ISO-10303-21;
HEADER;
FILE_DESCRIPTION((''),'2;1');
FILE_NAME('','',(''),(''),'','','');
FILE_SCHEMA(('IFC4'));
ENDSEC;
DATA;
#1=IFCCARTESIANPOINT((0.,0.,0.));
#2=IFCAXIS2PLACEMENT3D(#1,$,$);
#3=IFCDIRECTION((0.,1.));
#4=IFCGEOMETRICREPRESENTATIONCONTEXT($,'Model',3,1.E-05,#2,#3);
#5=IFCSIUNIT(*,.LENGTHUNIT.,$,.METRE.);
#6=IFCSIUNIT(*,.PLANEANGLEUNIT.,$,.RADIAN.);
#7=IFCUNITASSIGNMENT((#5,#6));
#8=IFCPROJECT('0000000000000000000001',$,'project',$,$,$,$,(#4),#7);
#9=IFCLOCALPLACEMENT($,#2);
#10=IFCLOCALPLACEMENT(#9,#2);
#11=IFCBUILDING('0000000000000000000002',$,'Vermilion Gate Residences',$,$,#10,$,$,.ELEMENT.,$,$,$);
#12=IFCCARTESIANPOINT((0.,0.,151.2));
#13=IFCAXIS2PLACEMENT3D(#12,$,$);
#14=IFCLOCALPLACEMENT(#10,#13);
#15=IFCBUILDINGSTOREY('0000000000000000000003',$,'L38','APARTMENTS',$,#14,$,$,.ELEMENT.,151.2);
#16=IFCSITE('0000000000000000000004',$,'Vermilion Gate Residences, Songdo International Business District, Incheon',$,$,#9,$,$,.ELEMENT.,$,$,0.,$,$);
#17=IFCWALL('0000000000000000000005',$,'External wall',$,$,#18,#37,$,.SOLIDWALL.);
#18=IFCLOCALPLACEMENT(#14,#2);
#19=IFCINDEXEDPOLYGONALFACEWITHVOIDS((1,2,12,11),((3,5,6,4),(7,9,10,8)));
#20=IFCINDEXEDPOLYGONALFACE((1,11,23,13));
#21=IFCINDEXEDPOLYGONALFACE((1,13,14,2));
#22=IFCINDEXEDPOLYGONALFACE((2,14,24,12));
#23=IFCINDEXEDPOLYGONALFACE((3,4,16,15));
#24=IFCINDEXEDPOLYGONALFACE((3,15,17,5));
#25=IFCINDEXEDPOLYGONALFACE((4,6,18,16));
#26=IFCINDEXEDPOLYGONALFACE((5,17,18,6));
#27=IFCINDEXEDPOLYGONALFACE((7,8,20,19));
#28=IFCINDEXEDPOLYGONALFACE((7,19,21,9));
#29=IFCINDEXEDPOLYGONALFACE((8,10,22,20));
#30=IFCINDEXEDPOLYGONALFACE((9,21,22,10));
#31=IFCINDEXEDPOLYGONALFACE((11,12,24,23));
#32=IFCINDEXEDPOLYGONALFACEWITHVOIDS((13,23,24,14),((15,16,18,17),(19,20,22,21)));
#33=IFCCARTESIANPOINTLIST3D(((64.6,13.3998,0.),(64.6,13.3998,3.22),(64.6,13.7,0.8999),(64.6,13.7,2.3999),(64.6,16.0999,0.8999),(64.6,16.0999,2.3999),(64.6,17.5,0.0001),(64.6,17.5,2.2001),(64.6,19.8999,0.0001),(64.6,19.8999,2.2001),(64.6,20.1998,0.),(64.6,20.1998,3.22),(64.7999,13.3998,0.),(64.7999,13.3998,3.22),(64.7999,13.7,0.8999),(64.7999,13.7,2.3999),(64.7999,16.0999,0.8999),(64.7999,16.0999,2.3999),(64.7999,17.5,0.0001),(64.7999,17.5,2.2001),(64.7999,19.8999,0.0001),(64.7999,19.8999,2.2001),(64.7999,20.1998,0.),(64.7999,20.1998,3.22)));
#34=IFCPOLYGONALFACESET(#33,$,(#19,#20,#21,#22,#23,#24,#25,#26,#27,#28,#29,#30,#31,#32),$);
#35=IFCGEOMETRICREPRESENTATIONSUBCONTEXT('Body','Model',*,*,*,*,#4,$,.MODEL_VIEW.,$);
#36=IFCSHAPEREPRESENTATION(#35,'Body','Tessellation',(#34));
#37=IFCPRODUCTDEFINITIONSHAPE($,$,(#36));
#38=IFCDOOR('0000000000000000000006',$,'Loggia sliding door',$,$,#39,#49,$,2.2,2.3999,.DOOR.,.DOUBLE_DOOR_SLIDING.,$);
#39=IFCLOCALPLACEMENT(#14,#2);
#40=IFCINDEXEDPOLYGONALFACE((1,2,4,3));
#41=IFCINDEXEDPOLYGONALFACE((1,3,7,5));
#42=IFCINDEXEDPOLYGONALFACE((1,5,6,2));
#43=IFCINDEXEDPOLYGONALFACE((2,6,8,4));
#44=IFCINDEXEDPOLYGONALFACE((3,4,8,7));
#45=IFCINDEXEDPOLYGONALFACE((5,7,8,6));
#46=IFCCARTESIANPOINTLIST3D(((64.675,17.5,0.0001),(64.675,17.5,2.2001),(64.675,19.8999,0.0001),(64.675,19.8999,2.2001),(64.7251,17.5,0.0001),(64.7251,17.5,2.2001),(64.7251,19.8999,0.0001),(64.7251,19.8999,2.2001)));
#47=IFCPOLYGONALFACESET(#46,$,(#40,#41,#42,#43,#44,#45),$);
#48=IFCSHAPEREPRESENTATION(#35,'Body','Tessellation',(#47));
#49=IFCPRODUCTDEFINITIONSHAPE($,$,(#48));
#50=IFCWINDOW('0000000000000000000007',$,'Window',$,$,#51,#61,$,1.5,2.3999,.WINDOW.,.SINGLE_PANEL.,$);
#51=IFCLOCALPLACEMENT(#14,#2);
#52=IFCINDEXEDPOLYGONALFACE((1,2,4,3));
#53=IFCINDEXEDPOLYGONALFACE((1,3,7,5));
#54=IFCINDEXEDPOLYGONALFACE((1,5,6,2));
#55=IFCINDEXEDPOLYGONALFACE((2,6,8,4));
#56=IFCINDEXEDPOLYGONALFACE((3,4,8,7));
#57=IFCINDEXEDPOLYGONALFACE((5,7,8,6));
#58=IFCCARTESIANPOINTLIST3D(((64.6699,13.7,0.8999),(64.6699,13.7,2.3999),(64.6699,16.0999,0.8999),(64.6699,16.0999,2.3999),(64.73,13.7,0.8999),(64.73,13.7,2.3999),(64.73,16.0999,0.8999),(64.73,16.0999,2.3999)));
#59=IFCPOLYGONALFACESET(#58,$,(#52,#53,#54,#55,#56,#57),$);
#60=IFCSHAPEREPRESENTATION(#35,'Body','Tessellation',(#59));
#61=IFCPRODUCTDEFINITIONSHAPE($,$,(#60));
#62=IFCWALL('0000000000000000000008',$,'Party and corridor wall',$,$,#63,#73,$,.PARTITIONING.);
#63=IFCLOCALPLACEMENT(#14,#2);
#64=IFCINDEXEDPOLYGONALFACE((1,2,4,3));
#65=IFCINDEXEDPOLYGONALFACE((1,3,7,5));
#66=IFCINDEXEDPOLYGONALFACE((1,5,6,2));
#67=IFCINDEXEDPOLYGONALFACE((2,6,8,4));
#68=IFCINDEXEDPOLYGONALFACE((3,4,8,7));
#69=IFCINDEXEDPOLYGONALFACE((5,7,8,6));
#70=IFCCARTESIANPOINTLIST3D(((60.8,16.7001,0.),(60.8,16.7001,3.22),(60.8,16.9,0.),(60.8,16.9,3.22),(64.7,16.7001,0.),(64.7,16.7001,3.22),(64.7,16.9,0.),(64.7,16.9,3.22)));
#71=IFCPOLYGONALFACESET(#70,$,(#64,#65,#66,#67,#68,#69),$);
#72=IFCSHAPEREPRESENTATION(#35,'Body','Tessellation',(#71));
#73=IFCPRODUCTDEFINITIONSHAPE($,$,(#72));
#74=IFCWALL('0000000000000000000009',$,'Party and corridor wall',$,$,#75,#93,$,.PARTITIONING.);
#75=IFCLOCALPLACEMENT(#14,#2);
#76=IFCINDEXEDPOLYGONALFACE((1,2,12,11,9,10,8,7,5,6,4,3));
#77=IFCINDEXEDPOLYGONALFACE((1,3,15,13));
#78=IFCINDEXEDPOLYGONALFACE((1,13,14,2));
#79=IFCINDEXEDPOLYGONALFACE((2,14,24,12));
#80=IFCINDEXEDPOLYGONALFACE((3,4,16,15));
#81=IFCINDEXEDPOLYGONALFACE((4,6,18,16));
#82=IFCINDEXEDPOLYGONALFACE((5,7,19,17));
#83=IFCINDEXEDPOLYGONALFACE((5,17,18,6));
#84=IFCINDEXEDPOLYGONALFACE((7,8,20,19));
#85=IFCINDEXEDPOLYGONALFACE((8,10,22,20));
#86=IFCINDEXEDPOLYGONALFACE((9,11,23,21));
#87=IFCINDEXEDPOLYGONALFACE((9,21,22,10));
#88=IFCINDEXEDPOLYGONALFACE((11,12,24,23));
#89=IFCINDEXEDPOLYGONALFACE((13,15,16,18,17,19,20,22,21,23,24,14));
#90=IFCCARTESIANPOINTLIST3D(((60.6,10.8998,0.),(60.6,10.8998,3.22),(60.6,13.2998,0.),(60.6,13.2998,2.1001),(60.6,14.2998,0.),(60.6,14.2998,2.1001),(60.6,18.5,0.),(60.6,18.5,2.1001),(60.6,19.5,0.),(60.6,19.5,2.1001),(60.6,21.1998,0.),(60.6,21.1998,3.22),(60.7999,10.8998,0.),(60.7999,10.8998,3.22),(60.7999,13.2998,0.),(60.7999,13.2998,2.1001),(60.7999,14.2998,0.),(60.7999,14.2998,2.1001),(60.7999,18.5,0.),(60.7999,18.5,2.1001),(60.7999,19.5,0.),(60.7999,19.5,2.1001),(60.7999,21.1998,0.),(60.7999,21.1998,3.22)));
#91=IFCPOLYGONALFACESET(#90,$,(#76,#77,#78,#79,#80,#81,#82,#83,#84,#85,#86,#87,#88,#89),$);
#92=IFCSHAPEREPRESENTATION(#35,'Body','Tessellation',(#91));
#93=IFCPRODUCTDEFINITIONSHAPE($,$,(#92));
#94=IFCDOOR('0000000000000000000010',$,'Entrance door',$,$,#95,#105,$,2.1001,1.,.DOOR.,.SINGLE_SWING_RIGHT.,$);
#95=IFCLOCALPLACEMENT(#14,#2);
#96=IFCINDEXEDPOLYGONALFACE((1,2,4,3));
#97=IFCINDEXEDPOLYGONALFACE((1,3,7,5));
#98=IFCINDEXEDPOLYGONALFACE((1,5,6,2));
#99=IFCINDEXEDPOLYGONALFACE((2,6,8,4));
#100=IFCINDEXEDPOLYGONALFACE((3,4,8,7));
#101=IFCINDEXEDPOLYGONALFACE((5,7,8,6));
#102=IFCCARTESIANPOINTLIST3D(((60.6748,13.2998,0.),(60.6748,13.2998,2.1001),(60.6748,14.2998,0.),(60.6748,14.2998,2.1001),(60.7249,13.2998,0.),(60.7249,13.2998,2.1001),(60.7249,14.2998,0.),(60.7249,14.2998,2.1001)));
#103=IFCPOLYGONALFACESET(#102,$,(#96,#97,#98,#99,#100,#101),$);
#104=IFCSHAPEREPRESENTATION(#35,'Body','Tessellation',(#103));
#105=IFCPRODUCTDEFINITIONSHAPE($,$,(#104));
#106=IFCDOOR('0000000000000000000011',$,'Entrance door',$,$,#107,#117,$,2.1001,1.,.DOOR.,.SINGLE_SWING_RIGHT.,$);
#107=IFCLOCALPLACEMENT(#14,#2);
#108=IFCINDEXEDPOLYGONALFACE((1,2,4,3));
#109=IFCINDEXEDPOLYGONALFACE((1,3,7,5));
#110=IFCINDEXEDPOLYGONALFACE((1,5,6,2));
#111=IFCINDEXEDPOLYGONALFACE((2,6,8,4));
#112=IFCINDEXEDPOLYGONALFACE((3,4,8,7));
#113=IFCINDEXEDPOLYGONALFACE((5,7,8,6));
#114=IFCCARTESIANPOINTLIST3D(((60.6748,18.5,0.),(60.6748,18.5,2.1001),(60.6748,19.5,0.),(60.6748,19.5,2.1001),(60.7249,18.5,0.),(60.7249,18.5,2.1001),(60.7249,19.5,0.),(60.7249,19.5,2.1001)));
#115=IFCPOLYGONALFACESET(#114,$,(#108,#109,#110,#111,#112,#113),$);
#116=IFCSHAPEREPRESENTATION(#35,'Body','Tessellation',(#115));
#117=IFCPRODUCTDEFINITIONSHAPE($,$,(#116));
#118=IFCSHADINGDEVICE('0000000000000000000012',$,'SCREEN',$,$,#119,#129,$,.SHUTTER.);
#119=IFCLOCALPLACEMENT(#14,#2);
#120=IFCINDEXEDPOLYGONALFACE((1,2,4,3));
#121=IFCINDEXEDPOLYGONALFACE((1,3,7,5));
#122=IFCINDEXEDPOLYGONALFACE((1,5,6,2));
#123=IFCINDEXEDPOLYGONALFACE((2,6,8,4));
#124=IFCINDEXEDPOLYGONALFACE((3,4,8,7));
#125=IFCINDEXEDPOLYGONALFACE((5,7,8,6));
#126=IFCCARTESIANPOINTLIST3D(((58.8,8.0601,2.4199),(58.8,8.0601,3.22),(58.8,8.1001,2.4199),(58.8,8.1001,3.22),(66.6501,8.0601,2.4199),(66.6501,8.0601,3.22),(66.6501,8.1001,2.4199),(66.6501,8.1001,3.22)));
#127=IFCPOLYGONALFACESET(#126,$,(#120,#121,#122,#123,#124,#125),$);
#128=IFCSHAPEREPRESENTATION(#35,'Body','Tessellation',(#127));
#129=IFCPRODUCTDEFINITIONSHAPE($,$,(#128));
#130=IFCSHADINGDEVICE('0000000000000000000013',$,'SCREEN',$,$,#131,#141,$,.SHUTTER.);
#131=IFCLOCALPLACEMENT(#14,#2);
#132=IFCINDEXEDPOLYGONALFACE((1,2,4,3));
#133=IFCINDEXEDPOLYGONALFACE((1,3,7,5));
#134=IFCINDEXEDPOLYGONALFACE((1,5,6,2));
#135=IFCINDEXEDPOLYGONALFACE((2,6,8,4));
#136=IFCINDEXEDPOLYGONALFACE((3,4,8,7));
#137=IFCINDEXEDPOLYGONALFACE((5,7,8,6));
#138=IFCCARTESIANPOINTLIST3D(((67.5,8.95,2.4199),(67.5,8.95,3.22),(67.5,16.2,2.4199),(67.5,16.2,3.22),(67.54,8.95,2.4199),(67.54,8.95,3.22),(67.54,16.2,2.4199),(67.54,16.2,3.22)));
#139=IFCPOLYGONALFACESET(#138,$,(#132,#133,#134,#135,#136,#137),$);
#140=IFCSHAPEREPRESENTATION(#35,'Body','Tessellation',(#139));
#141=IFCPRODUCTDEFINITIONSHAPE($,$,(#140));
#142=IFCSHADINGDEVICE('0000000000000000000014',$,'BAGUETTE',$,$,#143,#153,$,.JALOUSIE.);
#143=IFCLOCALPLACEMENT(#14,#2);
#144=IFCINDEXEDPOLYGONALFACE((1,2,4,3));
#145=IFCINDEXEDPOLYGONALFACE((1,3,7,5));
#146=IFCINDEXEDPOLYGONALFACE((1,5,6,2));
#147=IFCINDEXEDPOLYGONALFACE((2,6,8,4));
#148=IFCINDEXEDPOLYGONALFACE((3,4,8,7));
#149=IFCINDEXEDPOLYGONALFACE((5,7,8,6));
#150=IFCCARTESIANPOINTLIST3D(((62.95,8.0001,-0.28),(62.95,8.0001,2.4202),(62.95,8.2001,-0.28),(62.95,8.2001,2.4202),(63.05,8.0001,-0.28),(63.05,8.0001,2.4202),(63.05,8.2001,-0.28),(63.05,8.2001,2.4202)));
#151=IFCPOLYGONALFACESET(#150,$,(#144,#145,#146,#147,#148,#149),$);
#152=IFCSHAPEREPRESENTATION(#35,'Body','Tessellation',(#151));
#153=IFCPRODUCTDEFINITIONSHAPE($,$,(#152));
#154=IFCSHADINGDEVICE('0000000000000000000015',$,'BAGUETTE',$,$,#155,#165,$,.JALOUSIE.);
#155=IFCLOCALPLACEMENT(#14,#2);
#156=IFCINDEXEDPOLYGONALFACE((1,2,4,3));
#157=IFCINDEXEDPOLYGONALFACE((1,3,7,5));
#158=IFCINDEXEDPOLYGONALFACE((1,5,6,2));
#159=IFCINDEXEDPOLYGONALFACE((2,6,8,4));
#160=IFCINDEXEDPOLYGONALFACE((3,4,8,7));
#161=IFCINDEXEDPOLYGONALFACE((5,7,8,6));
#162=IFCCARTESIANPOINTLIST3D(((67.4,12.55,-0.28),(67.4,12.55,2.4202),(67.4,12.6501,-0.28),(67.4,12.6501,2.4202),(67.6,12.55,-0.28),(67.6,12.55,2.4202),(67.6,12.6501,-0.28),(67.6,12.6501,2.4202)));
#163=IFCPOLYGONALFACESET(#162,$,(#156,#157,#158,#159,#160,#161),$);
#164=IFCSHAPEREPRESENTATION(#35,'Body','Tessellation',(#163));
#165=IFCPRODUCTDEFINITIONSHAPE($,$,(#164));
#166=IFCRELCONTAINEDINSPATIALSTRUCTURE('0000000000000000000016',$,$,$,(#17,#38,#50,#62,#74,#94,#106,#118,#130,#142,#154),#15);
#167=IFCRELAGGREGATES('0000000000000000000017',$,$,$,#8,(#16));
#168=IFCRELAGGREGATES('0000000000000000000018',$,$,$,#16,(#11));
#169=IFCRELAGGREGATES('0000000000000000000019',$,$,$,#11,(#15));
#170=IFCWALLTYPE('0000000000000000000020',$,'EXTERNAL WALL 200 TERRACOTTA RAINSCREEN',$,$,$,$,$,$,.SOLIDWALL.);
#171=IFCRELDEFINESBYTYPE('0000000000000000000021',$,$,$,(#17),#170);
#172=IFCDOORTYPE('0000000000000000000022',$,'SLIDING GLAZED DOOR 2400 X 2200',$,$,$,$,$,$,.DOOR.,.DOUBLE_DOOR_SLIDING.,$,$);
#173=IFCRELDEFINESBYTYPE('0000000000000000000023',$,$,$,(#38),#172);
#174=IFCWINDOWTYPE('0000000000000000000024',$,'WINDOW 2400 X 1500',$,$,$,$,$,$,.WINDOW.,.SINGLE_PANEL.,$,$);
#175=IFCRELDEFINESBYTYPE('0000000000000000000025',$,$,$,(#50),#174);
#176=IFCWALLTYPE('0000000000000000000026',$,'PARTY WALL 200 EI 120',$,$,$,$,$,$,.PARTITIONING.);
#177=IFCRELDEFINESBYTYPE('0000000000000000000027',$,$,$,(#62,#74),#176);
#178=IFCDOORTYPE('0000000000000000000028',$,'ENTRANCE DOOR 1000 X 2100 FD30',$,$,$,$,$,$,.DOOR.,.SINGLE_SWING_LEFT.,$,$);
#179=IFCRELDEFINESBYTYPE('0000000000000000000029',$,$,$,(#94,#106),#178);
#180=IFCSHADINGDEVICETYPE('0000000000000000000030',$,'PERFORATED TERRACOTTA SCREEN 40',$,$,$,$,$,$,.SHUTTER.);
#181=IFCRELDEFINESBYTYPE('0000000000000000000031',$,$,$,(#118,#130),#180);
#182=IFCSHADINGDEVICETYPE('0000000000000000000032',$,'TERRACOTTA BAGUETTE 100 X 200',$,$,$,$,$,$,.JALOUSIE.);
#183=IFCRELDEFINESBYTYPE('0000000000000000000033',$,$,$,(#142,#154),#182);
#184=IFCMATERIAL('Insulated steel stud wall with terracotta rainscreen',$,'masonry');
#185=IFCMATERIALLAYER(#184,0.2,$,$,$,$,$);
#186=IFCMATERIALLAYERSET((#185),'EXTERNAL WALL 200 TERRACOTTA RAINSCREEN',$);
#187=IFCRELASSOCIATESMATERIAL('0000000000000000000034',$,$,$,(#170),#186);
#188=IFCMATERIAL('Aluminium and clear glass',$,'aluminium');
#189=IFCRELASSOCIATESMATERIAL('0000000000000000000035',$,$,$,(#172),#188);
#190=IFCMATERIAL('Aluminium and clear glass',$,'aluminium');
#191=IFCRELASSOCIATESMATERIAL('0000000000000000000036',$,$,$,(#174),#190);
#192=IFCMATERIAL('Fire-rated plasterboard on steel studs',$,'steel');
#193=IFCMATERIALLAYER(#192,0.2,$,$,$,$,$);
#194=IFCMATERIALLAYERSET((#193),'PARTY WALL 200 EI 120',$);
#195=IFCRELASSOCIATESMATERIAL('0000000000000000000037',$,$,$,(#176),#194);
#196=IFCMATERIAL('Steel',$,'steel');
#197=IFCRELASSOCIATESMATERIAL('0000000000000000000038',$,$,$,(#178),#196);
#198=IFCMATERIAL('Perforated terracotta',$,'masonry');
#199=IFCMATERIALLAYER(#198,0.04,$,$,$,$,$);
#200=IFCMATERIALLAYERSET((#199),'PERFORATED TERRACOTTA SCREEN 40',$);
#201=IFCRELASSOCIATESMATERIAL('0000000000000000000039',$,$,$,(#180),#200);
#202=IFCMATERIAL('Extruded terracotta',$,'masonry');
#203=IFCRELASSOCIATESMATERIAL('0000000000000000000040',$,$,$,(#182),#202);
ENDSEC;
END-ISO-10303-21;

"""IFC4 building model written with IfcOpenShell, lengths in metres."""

from ifc_helpers import new_model, si_unit, direction, frame, frame_2d, origin, origin_2d, place, context, subcontext, project, spatial, rectangle, extrude, material, layer, layer_set, material_profile, profile_set, type_object, element, fill, save


model = new_model("IFC4")

# Units and contexts
model_context = context("Model", 3, precision=1e-05, world=origin(), true_north=direction((0.0, 1.0)))
body_context = subcontext(model_context, "Body", "Model", "MODEL_VIEW")
ifc_project = project(units=[si_unit("LENGTHUNIT", "METRE"), si_unit("PLANEANGLEUNIT", "RADIAN")], contexts=[model_context])

# Site, building, storey
site_placement = place(None, origin())
site = spatial("IfcSite", under=ifc_project, at=site_placement, Name="Vermilion Gate Residences, Songdo International Business District, Incheon", CompositionType="ELEMENT", RefElevation=0.0)
building_placement = place(site_placement, origin())
building = spatial("IfcBuilding", under=site, at=building_placement, Name="Vermilion Gate Residences", CompositionType="ELEMENT")
storey_placement = place(building_placement, frame((0.0, 0.0, 151.2)))
storey = spatial("IfcBuildingStorey", under=building, at=storey_placement, Name="L38", Description="APARTMENTS", CompositionType="ELEMENT", Elevation=151.2)

# Shared definitions
ifc_material_1 = material(Name="Insulated steel stud wall with terracotta rainscreen", Category="masonry")
ifc_layer_1 = layer(ifc_material_1, 0.2)
ifc_layer_set_1 = layer_set([ifc_layer_1], Name="EXTERNAL WALL 200 TERRACOTTA RAINSCREEN")
wall_type_1 = type_object("IfcWallType", Name="EXTERNAL WALL 200 TERRACOTTA RAINSCREEN", PredefinedType="SOLIDWALL", material=ifc_layer_set_1)

# Wall, openings, door, window
wall_1_placement = place(storey_placement, frame((64.7, 13.3999, 0.0), z_axis=(0.0, 0.0, 1.0), x_axis=(0.0, 1.0, 0.0)))
wall_1 = element("IfcWall", 1, at=wall_1_placement, inside=storey, type_object=wall_type_1, Name="External wall", PredefinedType="SOLIDWALL", context=body_context, shape_type="SweptSolid", body=[
    extrude(rectangle(XDim=6.8, YDim=0.2, at=frame_2d((3.3999, 0.0))), origin(), (0.0, 0.0, 1.0), 3.22),
])
opening_1_placement = place(wall_1_placement, frame((0.3, 0.0, 0.8999)))
opening_1 = element("IfcOpeningElement", 2, at=opening_1_placement, cuts=wall_1, PredefinedType="OPENING", context=body_context, shape_type="SweptSolid", body=[
    extrude(rectangle(XDim=2.3999, YDim=1.5, at=frame_2d((1.2, 0.75))), frame((0.0, 0.1099, 0.0), z_axis=(0.0, -1.0, 0.0), x_axis=(1.0, 0.0, 0.0)), (0.0, 0.0, 1.0), 0.22),
])
opening_2_placement = place(wall_1_placement, frame((4.1001, 0.0, 0.0)))
opening_2 = element("IfcOpeningElement", 3, at=opening_2_placement, cuts=wall_1, PredefinedType="OPENING", context=body_context, shape_type="SweptSolid", body=[
    extrude(rectangle(XDim=2.3999, YDim=2.2, at=frame_2d((1.2, 1.1001))), frame((0.0, 0.1099, 0.0), z_axis=(0.0, -1.0, 0.0), x_axis=(1.0, 0.0, 0.0)), (0.0, 0.0, 1.0), 0.22),
])
ifc_material_2 = material(Name="Aluminium and clear glass", Category="aluminium")
door_type_1 = type_object("IfcDoorType", Name="SLIDING GLAZED DOOR 2400 X 2200", OperationType="DOUBLE_DOOR_SLIDING", PredefinedType="DOOR", material=ifc_material_2)
door_1_placement = place(opening_2_placement, origin())
door_1 = element("IfcDoor", 4, at=door_1_placement, inside=storey, type_object=door_type_1, Name="Loggia sliding door", OperationType="DOUBLE_DOOR_SLIDING", OverallHeight=2.2, OverallWidth=2.3999, PredefinedType="DOOR", context=body_context, shape_type="SweptSolid", body=[
    extrude(rectangle(XDim=2.3999, YDim=2.2, at=frame_2d((1.2, 1.1001))), frame((0.0, 0.0249, 0.0), z_axis=(0.0, -1.0, 0.0), x_axis=(1.0, 0.0, 0.0)), (0.0, 0.0, 1.0), 0.05),
])
fill(opening_2, door_1)
ifc_material_3 = material(Name="Aluminium and clear glass", Category="aluminium")
window_type_1 = type_object("IfcWindowType", Name="WINDOW 2400 X 1500", PartitioningType="SINGLE_PANEL", PredefinedType="WINDOW", material=ifc_material_3)
window_1_placement = place(opening_1_placement, origin())
window_1 = element("IfcWindow", 5, at=window_1_placement, inside=storey, type_object=window_type_1, Name="Window", OverallHeight=1.5, OverallWidth=2.3999, PartitioningType="SINGLE_PANEL", PredefinedType="WINDOW", context=body_context, shape_type="SweptSolid", body=[
    extrude(rectangle(XDim=2.3999, YDim=1.5, at=frame_2d((1.2, 0.75))), frame((0.0, 0.03, 0.0), z_axis=(0.0, -1.0, 0.0), x_axis=(1.0, 0.0, 0.0)), (0.0, 0.0, 1.0), 0.0601),
])
fill(opening_1, window_1)

# Wall
ifc_material_4 = material(Name="Fire-rated plasterboard on steel studs", Category="steel")
ifc_layer_2 = layer(ifc_material_4, 0.2)
ifc_layer_set_2 = layer_set([ifc_layer_2], Name="PARTY WALL 200 EI 120")
wall_type_2 = type_object("IfcWallType", Name="PARTY WALL 200 EI 120", PredefinedType="PARTITIONING", material=ifc_layer_set_2)
wall_2_placement = place(storey_placement, frame((60.8, 16.8, 0.0), z_axis=(0.0, 0.0, 1.0), x_axis=(1.0, 0.0, 0.0)))
element("IfcWall", 6, at=wall_2_placement, inside=storey, type_object=wall_type_2, Name="Party and corridor wall", PredefinedType="PARTITIONING", context=body_context, shape_type="SweptSolid", body=[
    extrude(rectangle(XDim=3.8999, YDim=0.2, at=frame_2d((1.95, 0.0))), origin(), (0.0, 0.0, 1.0), 3.22),
])

# Wall, openings, doors
wall_3_placement = place(storey_placement, frame((60.7, 10.8999, 0.0), z_axis=(0.0, 0.0, 1.0), x_axis=(0.0, 1.0, 0.0)))
wall_3 = element("IfcWall", 7, at=wall_3_placement, inside=storey, type_object=wall_type_2, Name="Party and corridor wall", PredefinedType="PARTITIONING", context=body_context, shape_type="SweptSolid", body=[
    extrude(rectangle(XDim=10.3, YDim=0.2, at=frame_2d((5.1499, 0.0))), origin(), (0.0, 0.0, 1.0), 3.22),
])
opening_3_placement = place(wall_3_placement, frame((2.3999, 0.0, 0.0)))
opening_3 = element("IfcOpeningElement", 8, at=opening_3_placement, cuts=wall_3, PredefinedType="OPENING", context=body_context, shape_type="SweptSolid", body=[
    extrude(rectangle(XDim=1.0, YDim=2.1001, at=frame_2d((0.5, 1.05))), frame((0.0, 0.1099, 0.0), z_axis=(0.0, -1.0, 0.0), x_axis=(1.0, 0.0, 0.0)), (0.0, 0.0, 1.0), 0.22),
])
opening_4_placement = place(wall_3_placement, frame((7.6001, 0.0, 0.0)))
opening_4 = element("IfcOpeningElement", 9, at=opening_4_placement, cuts=wall_3, PredefinedType="OPENING", context=body_context, shape_type="SweptSolid", body=[
    extrude(rectangle(XDim=1.0, YDim=2.1001, at=frame_2d((0.5, 1.05))), frame((0.0, 0.1099, 0.0), z_axis=(0.0, -1.0, 0.0), x_axis=(1.0, 0.0, 0.0)), (0.0, 0.0, 1.0), 0.22),
])
ifc_material_5 = material(Name="Steel", Category="steel")
door_type_2 = type_object("IfcDoorType", Name="ENTRANCE DOOR 1000 X 2100 FD30", OperationType="SINGLE_SWING_LEFT", PredefinedType="DOOR", material=ifc_material_5)
door_2_placement = place(opening_3_placement, frame((1.0, 0.0, 0.0), z_axis=(0.0, 0.0, 1.0), x_axis=(-1.0, 0.0, 0.0)))
door_2 = element("IfcDoor", 10, at=door_2_placement, inside=storey, type_object=door_type_2, Name="Entrance door", OperationType="SINGLE_SWING_RIGHT", OverallHeight=2.1001, OverallWidth=1.0, PredefinedType="DOOR", context=body_context, shape_type="SweptSolid", body=[
    extrude(rectangle(XDim=1.0, YDim=2.1001, at=frame_2d((0.5, 1.05))), frame((0.0, 0.0249, 0.0), z_axis=(0.0, -1.0, 0.0), x_axis=(1.0, 0.0, 0.0)), (0.0, 0.0, 1.0), 0.05),
])
fill(opening_3, door_2)
door_3_placement = place(opening_4_placement, frame((1.0, 0.0, 0.0), z_axis=(0.0, 0.0, 1.0), x_axis=(-1.0, 0.0, 0.0)))
door_3 = element("IfcDoor", 11, at=door_3_placement, inside=storey, type_object=door_type_2, Name="Entrance door", OperationType="SINGLE_SWING_RIGHT", OverallHeight=2.1001, OverallWidth=1.0, PredefinedType="DOOR", context=body_context, shape_type="SweptSolid", body=[
    extrude(rectangle(XDim=1.0, YDim=2.1001, at=frame_2d((0.5, 1.05))), frame((0.0, 0.0249, 0.0), z_axis=(0.0, -1.0, 0.0), x_axis=(1.0, 0.0, 0.0)), (0.0, 0.0, 1.0), 0.05),
])
fill(opening_4, door_3)

# Shading devices
ifc_material_6 = material(Name="Perforated terracotta", Category="masonry")
ifc_layer_3 = layer(ifc_material_6, 0.04)
ifc_layer_set_3 = layer_set([ifc_layer_3], Name="PERFORATED TERRACOTTA SCREEN 40")
shading_device_type_1 = type_object("IfcShadingDeviceType", Name="PERFORATED TERRACOTTA SCREEN 40", PredefinedType="SHUTTER", material=ifc_layer_set_3)
shading_device_1_placement = place(storey_placement, frame((62.7251, 8.0801, 2.4199), z_axis=(0.0, 0.0, 1.0), x_axis=(1.0, 0.0, 0.0)))
element("IfcShadingDevice", 12, at=shading_device_1_placement, inside=storey, type_object=shading_device_type_1, Name="SCREEN", PredefinedType="SHUTTER", context=body_context, shape_type="SweptSolid", body=[
    extrude(rectangle(XDim=7.8501, YDim=0.04, at=origin_2d()), origin(), (0.0, 0.0, 1.0), 0.8),
])
shading_device_2_placement = place(storey_placement, frame((67.52, 12.575, 2.4199), z_axis=(0.0, 0.0, 1.0), x_axis=(0.0, 1.0, 0.0)))
element("IfcShadingDevice", 13, at=shading_device_2_placement, inside=storey, type_object=shading_device_type_1, Name="SCREEN", PredefinedType="SHUTTER", context=body_context, shape_type="SweptSolid", body=[
    extrude(rectangle(XDim=7.25, YDim=0.04, at=origin_2d()), origin(), (0.0, 0.0, 1.0), 0.8),
])
ifc_material_7 = material(Name="Extruded terracotta", Category="masonry")
ifc_material_profile_1 = material_profile(ifc_material_7, rectangle(XDim=0.2, YDim=0.1001, at=origin_2d()), Name="BAGUETTE 100 X 200")
ifc_profile_set_1 = profile_set([ifc_material_profile_1], Name="Extruded terracotta")
shading_device_type_2 = type_object("IfcShadingDeviceType", Name="TERRACOTTA BAGUETTE 100 X 200", PredefinedType="JALOUSIE", material=ifc_profile_set_1)
for number, where, z_axis, x_axis, name in (
    (14, (63.0, 8.1001, -0.28), (0.0, 0.0, 1.0), (0.0, 1.0, 0.0), "BAGUETTE"),
    (15, (67.5, 12.6001, -0.28), (0.0, 0.0, 1.0), (-1.0, 0.0, 0.0), "BAGUETTE"),
):
    element("IfcShadingDevice", number, at=place(storey_placement, frame(where, z_axis=z_axis, x_axis=x_axis)), inside=storey, type_object=shading_device_type_2, Name=name, PredefinedType="JALOUSIE", context=body_context, shape_type="SweptSolid", body=[
        extrude(rectangle(XDim=0.2, YDim=0.1001, at=origin_2d()), origin(), (0.0, 0.0, 1.0), 2.7002),
    ])

save(model, "model.ifc")
